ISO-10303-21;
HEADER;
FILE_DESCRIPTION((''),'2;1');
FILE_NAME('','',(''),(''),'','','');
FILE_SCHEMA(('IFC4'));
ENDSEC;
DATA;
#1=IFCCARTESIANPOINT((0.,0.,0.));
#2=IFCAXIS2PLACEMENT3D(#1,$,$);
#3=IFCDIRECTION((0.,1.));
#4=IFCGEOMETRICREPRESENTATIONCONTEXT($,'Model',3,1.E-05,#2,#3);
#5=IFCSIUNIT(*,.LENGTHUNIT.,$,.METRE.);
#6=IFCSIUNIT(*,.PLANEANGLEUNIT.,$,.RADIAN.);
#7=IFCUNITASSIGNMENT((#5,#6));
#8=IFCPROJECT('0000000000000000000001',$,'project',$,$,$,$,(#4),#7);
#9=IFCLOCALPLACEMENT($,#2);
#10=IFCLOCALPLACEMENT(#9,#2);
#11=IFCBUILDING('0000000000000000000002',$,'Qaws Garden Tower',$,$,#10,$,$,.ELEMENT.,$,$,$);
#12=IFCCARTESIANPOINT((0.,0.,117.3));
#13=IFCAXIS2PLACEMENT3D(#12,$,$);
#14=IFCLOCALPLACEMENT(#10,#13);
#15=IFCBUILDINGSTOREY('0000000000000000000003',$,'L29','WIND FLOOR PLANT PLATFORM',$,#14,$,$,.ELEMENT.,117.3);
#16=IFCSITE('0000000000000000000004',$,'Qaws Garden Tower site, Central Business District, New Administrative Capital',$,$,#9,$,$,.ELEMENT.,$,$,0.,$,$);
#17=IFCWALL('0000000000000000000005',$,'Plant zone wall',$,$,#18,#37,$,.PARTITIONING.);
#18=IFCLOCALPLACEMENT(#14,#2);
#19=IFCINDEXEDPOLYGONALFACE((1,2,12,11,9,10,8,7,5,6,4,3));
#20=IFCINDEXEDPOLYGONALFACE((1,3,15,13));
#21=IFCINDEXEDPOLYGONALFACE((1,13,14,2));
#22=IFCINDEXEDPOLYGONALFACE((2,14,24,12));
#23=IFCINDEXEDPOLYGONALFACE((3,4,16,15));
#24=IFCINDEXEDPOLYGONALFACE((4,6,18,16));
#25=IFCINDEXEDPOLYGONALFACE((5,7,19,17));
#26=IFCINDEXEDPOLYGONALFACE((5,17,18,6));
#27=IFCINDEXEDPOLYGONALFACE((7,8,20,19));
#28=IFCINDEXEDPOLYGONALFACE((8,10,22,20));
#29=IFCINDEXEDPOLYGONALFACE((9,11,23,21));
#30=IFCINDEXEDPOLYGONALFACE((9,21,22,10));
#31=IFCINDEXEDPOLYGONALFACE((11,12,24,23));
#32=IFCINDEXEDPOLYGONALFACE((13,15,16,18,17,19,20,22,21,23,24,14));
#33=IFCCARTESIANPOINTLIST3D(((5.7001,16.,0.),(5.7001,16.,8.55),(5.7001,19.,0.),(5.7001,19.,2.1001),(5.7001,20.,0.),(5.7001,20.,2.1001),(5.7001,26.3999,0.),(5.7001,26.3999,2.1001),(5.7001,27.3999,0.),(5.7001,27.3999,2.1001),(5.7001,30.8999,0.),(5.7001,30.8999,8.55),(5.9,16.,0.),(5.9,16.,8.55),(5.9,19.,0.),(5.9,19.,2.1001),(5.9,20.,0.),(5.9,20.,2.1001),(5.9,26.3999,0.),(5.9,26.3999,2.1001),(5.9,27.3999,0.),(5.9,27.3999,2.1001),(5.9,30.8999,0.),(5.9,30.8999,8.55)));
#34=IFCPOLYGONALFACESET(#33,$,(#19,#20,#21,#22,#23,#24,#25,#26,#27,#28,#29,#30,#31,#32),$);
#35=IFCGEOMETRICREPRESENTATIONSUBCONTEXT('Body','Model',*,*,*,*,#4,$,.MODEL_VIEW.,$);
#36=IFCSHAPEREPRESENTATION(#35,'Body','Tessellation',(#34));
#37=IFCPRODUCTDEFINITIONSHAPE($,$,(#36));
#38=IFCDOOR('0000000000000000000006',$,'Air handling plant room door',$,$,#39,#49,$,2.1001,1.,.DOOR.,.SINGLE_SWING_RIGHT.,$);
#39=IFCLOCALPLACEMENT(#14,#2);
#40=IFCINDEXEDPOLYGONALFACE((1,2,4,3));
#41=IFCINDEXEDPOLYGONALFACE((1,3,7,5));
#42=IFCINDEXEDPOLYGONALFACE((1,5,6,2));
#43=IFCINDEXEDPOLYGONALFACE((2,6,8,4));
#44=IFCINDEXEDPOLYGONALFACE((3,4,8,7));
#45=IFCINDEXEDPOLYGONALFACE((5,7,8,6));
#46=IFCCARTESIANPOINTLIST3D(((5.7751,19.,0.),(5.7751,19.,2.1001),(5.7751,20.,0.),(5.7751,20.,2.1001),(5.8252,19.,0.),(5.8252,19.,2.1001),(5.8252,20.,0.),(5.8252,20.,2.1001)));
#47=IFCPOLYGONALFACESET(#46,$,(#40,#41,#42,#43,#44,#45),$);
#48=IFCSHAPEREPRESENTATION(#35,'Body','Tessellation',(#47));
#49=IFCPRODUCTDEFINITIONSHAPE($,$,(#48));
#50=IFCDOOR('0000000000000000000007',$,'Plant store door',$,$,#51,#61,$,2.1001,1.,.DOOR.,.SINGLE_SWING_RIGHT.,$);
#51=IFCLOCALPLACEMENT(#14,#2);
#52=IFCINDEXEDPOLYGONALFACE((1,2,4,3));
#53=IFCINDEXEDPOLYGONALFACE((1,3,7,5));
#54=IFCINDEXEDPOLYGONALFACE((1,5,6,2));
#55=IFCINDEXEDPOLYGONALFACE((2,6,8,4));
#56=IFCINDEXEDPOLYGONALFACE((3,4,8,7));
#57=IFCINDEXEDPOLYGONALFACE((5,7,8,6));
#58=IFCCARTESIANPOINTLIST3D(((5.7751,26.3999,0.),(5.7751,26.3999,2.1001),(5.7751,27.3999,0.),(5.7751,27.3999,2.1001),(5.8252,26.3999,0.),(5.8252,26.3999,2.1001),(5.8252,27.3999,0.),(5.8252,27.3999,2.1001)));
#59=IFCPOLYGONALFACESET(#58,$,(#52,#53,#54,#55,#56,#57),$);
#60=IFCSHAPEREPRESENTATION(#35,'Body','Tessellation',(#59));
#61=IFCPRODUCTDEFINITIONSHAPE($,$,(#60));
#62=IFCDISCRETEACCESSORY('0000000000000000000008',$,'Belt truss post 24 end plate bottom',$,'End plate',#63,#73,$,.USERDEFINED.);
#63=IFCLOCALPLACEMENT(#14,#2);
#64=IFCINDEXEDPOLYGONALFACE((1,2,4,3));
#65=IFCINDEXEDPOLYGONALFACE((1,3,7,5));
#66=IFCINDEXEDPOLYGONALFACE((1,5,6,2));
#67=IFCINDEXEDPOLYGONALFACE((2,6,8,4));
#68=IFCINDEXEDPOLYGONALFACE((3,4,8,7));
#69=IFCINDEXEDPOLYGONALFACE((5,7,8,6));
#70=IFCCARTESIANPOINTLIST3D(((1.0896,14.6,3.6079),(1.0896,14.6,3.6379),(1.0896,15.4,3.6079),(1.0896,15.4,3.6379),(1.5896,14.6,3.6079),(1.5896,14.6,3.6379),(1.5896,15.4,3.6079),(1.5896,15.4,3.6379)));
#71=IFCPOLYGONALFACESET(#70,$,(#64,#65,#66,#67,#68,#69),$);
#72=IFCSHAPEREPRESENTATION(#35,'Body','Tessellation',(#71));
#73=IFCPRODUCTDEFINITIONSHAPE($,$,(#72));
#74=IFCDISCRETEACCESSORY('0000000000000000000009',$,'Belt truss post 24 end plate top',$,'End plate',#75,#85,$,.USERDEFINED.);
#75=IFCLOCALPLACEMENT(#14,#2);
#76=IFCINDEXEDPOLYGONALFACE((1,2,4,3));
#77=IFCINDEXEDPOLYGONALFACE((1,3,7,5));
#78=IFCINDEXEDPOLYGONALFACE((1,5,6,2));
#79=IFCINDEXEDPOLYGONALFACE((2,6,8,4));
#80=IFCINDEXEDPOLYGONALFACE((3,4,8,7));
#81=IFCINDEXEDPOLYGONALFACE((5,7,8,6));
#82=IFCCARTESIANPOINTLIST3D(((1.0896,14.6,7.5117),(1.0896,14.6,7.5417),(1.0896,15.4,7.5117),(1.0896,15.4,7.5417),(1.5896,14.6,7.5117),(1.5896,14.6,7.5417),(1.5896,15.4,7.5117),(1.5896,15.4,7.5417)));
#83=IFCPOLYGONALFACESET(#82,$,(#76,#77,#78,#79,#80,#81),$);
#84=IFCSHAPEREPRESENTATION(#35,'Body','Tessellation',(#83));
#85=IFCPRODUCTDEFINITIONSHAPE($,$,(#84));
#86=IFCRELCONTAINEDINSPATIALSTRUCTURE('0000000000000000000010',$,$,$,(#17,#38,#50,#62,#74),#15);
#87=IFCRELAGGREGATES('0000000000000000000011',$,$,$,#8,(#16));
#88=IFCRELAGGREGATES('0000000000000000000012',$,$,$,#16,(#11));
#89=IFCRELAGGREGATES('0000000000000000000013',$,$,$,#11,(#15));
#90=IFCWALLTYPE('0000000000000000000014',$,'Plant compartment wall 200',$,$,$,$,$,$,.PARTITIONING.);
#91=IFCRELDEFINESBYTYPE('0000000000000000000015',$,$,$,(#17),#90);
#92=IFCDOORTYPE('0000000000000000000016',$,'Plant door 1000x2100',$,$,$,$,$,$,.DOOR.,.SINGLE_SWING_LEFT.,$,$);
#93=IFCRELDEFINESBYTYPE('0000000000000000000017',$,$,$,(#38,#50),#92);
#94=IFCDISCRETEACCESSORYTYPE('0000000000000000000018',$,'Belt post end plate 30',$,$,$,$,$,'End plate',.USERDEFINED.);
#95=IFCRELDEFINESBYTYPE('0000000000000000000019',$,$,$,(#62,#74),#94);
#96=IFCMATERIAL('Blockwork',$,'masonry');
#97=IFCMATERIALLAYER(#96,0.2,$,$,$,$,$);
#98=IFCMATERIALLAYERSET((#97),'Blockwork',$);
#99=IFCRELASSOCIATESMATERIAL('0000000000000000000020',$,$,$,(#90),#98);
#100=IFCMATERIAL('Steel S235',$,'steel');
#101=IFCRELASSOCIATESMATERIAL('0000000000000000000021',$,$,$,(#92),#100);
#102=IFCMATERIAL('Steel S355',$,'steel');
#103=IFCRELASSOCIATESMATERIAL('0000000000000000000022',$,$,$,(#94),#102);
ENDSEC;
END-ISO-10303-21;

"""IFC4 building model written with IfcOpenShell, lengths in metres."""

from ifc_helpers import new_model, si_unit, direction, frame, frame_2d, origin, origin_2d, place, context, subcontext, project, spatial, rectangle, extrude, material, layer, layer_set, type_object, element, fill, save


model = new_model("IFC4")

# Units and contexts
model_context = context("Model", 3, precision=1e-05, world=origin(), true_north=direction((0.0, 1.0)))
body_context = subcontext(model_context, "Body", "Model", "MODEL_VIEW")
ifc_project = project(units=[si_unit("LENGTHUNIT", "METRE"), si_unit("PLANEANGLEUNIT", "RADIAN")], contexts=[model_context])

# Site, building, storey
site_placement = place(None, origin())
site = spatial("IfcSite", under=ifc_project, at=site_placement, Name="Qaws Garden Tower site, Central Business District, New Administrative Capital", CompositionType="ELEMENT", RefElevation=0.0)
building_placement = place(site_placement, origin())
building = spatial("IfcBuilding", under=site, at=building_placement, Name="Qaws Garden Tower", CompositionType="ELEMENT")
storey_placement = place(building_placement, frame((0.0, 0.0, 117.3)))
storey = spatial("IfcBuildingStorey", under=building, at=storey_placement, Name="L29", Description="WIND FLOOR PLANT PLATFORM", CompositionType="ELEMENT", Elevation=117.3)

# Shared definitions
placement = place(storey_placement, frame((1.3396, 15.0, 3.6079), z_axis=(0.0, 0.0, 1.0), x_axis=(1.0, 0.0, 0.0)))

# Shared definitions
ifc_material_1 = material(Name="Blockwork", Category="masonry")
ifc_layer_1 = layer(ifc_material_1, 0.2)
ifc_layer_set_1 = layer_set([ifc_layer_1], Name="Blockwork")
wall_type_1 = type_object("IfcWallType", Name="Plant compartment wall 200", PredefinedType="PARTITIONING", material=ifc_layer_set_1)

# Wall, openings, doors
wall_1_placement = place(storey_placement, frame((5.8, 16.0, 0.0), z_axis=(0.0, 0.0, 1.0), x_axis=(0.0, 1.0, 0.0)))
wall_1 = element("IfcWall", 1, at=wall_1_placement, inside=storey, type_object=wall_type_1, Name="Plant zone wall", PredefinedType="PARTITIONING", context=body_context, shape_type="SweptSolid", body=[
    extrude(rectangle(XDim=14.8999, YDim=0.2, at=frame_2d((7.45, 0.0))), origin(), (0.0, 0.0, 1.0), 8.55),
])
opening_1_placement = place(wall_1_placement, frame((3.0, 0.0, 0.0)))
opening_1 = element("IfcOpeningElement", 2, at=opening_1_placement, cuts=wall_1, PredefinedType="OPENING", context=body_context, shape_type="SweptSolid", body=[
    extrude(rectangle(XDim=1.0, YDim=2.1001, at=frame_2d((0.5, 1.05))), frame((0.0, 0.1099, 0.0), z_axis=(0.0, -1.0, 0.0), x_axis=(1.0, 0.0, 0.0)), (0.0, 0.0, 1.0), 0.22),
])
opening_2_placement = place(wall_1_placement, frame((10.3999, 0.0, 0.0)))
opening_2 = element("IfcOpeningElement", 3, at=opening_2_placement, cuts=wall_1, PredefinedType="OPENING", context=body_context, shape_type="SweptSolid", body=[
    extrude(rectangle(XDim=1.0, YDim=2.1001, at=frame_2d((0.5, 1.05))), frame((0.0, 0.1099, 0.0), z_axis=(0.0, -1.0, 0.0), x_axis=(1.0, 0.0, 0.0)), (0.0, 0.0, 1.0), 0.22),
])
ifc_material_2 = material(Name="Steel S235", Category="steel")
door_type_1 = type_object("IfcDoorType", Name="Plant door 1000x2100", OperationType="SINGLE_SWING_LEFT", PredefinedType="DOOR", material=ifc_material_2)
door_1_placement = place(opening_1_placement, origin())
door_1 = element("IfcDoor", 4, at=door_1_placement, inside=storey, type_object=door_type_1, Name="Air handling plant room door", OperationType="SINGLE_SWING_RIGHT", OverallHeight=2.1001, OverallWidth=1.0, PredefinedType="DOOR", context=body_context, shape_type="SweptSolid", body=[
    extrude(rectangle(XDim=1.0, YDim=2.1001, at=frame_2d((0.5, 1.05))), frame((0.0, 0.0249, 0.0), z_axis=(0.0, -1.0, 0.0), x_axis=(1.0, 0.0, 0.0)), (0.0, 0.0, 1.0), 0.05),
])
fill(opening_1, door_1)
door_2_placement = place(opening_2_placement, origin())
door_2 = element("IfcDoor", 5, at=door_2_placement, inside=storey, type_object=door_type_1, Name="Plant store door", OperationType="SINGLE_SWING_RIGHT", OverallHeight=2.1001, OverallWidth=1.0, PredefinedType="DOOR", context=body_context, shape_type="SweptSolid", body=[
    extrude(rectangle(XDim=1.0, YDim=2.1001, at=frame_2d((0.5, 1.05))), frame((0.0, 0.0249, 0.0), z_axis=(0.0, -1.0, 0.0), x_axis=(1.0, 0.0, 0.0)), (0.0, 0.0, 1.0), 0.05),
])
fill(opening_2, door_2)

# Discrete accessories
ifc_material_3 = material(Name="Steel S355", Category="steel")
discrete_accessory_type = type_object("IfcDiscreteAccessoryType", Name="Belt post end plate 30", ElementType="End plate", PredefinedType="USERDEFINED", material=ifc_material_3)
element("IfcDiscreteAccessory", 6, at=placement, inside=storey, type_object=discrete_accessory_type, Name="Belt truss post 24 end plate bottom", ObjectType="End plate", PredefinedType="USERDEFINED", context=body_context, shape_type="SweptSolid", body=[
    extrude(rectangle(XDim=0.5, YDim=0.8, at=origin_2d()), origin(), (0.0, 0.0, 1.0), 0.03),
])
discrete_accessory_1_placement = place(storey_placement, frame((1.3396, 15.0, 7.5117), z_axis=(0.0, 0.0, 1.0), x_axis=(1.0, 0.0, 0.0)))
element("IfcDiscreteAccessory", 7, at=discrete_accessory_1_placement, inside=storey, type_object=discrete_accessory_type, Name="Belt truss post 24 end plate top", ObjectType="End plate", PredefinedType="USERDEFINED", context=body_context, shape_type="SweptSolid", body=[
    extrude(rectangle(XDim=0.5, YDim=0.8, at=origin_2d()), origin(), (0.0, 0.0, 1.0), 0.03),
])

save(model, "model.ifc")
